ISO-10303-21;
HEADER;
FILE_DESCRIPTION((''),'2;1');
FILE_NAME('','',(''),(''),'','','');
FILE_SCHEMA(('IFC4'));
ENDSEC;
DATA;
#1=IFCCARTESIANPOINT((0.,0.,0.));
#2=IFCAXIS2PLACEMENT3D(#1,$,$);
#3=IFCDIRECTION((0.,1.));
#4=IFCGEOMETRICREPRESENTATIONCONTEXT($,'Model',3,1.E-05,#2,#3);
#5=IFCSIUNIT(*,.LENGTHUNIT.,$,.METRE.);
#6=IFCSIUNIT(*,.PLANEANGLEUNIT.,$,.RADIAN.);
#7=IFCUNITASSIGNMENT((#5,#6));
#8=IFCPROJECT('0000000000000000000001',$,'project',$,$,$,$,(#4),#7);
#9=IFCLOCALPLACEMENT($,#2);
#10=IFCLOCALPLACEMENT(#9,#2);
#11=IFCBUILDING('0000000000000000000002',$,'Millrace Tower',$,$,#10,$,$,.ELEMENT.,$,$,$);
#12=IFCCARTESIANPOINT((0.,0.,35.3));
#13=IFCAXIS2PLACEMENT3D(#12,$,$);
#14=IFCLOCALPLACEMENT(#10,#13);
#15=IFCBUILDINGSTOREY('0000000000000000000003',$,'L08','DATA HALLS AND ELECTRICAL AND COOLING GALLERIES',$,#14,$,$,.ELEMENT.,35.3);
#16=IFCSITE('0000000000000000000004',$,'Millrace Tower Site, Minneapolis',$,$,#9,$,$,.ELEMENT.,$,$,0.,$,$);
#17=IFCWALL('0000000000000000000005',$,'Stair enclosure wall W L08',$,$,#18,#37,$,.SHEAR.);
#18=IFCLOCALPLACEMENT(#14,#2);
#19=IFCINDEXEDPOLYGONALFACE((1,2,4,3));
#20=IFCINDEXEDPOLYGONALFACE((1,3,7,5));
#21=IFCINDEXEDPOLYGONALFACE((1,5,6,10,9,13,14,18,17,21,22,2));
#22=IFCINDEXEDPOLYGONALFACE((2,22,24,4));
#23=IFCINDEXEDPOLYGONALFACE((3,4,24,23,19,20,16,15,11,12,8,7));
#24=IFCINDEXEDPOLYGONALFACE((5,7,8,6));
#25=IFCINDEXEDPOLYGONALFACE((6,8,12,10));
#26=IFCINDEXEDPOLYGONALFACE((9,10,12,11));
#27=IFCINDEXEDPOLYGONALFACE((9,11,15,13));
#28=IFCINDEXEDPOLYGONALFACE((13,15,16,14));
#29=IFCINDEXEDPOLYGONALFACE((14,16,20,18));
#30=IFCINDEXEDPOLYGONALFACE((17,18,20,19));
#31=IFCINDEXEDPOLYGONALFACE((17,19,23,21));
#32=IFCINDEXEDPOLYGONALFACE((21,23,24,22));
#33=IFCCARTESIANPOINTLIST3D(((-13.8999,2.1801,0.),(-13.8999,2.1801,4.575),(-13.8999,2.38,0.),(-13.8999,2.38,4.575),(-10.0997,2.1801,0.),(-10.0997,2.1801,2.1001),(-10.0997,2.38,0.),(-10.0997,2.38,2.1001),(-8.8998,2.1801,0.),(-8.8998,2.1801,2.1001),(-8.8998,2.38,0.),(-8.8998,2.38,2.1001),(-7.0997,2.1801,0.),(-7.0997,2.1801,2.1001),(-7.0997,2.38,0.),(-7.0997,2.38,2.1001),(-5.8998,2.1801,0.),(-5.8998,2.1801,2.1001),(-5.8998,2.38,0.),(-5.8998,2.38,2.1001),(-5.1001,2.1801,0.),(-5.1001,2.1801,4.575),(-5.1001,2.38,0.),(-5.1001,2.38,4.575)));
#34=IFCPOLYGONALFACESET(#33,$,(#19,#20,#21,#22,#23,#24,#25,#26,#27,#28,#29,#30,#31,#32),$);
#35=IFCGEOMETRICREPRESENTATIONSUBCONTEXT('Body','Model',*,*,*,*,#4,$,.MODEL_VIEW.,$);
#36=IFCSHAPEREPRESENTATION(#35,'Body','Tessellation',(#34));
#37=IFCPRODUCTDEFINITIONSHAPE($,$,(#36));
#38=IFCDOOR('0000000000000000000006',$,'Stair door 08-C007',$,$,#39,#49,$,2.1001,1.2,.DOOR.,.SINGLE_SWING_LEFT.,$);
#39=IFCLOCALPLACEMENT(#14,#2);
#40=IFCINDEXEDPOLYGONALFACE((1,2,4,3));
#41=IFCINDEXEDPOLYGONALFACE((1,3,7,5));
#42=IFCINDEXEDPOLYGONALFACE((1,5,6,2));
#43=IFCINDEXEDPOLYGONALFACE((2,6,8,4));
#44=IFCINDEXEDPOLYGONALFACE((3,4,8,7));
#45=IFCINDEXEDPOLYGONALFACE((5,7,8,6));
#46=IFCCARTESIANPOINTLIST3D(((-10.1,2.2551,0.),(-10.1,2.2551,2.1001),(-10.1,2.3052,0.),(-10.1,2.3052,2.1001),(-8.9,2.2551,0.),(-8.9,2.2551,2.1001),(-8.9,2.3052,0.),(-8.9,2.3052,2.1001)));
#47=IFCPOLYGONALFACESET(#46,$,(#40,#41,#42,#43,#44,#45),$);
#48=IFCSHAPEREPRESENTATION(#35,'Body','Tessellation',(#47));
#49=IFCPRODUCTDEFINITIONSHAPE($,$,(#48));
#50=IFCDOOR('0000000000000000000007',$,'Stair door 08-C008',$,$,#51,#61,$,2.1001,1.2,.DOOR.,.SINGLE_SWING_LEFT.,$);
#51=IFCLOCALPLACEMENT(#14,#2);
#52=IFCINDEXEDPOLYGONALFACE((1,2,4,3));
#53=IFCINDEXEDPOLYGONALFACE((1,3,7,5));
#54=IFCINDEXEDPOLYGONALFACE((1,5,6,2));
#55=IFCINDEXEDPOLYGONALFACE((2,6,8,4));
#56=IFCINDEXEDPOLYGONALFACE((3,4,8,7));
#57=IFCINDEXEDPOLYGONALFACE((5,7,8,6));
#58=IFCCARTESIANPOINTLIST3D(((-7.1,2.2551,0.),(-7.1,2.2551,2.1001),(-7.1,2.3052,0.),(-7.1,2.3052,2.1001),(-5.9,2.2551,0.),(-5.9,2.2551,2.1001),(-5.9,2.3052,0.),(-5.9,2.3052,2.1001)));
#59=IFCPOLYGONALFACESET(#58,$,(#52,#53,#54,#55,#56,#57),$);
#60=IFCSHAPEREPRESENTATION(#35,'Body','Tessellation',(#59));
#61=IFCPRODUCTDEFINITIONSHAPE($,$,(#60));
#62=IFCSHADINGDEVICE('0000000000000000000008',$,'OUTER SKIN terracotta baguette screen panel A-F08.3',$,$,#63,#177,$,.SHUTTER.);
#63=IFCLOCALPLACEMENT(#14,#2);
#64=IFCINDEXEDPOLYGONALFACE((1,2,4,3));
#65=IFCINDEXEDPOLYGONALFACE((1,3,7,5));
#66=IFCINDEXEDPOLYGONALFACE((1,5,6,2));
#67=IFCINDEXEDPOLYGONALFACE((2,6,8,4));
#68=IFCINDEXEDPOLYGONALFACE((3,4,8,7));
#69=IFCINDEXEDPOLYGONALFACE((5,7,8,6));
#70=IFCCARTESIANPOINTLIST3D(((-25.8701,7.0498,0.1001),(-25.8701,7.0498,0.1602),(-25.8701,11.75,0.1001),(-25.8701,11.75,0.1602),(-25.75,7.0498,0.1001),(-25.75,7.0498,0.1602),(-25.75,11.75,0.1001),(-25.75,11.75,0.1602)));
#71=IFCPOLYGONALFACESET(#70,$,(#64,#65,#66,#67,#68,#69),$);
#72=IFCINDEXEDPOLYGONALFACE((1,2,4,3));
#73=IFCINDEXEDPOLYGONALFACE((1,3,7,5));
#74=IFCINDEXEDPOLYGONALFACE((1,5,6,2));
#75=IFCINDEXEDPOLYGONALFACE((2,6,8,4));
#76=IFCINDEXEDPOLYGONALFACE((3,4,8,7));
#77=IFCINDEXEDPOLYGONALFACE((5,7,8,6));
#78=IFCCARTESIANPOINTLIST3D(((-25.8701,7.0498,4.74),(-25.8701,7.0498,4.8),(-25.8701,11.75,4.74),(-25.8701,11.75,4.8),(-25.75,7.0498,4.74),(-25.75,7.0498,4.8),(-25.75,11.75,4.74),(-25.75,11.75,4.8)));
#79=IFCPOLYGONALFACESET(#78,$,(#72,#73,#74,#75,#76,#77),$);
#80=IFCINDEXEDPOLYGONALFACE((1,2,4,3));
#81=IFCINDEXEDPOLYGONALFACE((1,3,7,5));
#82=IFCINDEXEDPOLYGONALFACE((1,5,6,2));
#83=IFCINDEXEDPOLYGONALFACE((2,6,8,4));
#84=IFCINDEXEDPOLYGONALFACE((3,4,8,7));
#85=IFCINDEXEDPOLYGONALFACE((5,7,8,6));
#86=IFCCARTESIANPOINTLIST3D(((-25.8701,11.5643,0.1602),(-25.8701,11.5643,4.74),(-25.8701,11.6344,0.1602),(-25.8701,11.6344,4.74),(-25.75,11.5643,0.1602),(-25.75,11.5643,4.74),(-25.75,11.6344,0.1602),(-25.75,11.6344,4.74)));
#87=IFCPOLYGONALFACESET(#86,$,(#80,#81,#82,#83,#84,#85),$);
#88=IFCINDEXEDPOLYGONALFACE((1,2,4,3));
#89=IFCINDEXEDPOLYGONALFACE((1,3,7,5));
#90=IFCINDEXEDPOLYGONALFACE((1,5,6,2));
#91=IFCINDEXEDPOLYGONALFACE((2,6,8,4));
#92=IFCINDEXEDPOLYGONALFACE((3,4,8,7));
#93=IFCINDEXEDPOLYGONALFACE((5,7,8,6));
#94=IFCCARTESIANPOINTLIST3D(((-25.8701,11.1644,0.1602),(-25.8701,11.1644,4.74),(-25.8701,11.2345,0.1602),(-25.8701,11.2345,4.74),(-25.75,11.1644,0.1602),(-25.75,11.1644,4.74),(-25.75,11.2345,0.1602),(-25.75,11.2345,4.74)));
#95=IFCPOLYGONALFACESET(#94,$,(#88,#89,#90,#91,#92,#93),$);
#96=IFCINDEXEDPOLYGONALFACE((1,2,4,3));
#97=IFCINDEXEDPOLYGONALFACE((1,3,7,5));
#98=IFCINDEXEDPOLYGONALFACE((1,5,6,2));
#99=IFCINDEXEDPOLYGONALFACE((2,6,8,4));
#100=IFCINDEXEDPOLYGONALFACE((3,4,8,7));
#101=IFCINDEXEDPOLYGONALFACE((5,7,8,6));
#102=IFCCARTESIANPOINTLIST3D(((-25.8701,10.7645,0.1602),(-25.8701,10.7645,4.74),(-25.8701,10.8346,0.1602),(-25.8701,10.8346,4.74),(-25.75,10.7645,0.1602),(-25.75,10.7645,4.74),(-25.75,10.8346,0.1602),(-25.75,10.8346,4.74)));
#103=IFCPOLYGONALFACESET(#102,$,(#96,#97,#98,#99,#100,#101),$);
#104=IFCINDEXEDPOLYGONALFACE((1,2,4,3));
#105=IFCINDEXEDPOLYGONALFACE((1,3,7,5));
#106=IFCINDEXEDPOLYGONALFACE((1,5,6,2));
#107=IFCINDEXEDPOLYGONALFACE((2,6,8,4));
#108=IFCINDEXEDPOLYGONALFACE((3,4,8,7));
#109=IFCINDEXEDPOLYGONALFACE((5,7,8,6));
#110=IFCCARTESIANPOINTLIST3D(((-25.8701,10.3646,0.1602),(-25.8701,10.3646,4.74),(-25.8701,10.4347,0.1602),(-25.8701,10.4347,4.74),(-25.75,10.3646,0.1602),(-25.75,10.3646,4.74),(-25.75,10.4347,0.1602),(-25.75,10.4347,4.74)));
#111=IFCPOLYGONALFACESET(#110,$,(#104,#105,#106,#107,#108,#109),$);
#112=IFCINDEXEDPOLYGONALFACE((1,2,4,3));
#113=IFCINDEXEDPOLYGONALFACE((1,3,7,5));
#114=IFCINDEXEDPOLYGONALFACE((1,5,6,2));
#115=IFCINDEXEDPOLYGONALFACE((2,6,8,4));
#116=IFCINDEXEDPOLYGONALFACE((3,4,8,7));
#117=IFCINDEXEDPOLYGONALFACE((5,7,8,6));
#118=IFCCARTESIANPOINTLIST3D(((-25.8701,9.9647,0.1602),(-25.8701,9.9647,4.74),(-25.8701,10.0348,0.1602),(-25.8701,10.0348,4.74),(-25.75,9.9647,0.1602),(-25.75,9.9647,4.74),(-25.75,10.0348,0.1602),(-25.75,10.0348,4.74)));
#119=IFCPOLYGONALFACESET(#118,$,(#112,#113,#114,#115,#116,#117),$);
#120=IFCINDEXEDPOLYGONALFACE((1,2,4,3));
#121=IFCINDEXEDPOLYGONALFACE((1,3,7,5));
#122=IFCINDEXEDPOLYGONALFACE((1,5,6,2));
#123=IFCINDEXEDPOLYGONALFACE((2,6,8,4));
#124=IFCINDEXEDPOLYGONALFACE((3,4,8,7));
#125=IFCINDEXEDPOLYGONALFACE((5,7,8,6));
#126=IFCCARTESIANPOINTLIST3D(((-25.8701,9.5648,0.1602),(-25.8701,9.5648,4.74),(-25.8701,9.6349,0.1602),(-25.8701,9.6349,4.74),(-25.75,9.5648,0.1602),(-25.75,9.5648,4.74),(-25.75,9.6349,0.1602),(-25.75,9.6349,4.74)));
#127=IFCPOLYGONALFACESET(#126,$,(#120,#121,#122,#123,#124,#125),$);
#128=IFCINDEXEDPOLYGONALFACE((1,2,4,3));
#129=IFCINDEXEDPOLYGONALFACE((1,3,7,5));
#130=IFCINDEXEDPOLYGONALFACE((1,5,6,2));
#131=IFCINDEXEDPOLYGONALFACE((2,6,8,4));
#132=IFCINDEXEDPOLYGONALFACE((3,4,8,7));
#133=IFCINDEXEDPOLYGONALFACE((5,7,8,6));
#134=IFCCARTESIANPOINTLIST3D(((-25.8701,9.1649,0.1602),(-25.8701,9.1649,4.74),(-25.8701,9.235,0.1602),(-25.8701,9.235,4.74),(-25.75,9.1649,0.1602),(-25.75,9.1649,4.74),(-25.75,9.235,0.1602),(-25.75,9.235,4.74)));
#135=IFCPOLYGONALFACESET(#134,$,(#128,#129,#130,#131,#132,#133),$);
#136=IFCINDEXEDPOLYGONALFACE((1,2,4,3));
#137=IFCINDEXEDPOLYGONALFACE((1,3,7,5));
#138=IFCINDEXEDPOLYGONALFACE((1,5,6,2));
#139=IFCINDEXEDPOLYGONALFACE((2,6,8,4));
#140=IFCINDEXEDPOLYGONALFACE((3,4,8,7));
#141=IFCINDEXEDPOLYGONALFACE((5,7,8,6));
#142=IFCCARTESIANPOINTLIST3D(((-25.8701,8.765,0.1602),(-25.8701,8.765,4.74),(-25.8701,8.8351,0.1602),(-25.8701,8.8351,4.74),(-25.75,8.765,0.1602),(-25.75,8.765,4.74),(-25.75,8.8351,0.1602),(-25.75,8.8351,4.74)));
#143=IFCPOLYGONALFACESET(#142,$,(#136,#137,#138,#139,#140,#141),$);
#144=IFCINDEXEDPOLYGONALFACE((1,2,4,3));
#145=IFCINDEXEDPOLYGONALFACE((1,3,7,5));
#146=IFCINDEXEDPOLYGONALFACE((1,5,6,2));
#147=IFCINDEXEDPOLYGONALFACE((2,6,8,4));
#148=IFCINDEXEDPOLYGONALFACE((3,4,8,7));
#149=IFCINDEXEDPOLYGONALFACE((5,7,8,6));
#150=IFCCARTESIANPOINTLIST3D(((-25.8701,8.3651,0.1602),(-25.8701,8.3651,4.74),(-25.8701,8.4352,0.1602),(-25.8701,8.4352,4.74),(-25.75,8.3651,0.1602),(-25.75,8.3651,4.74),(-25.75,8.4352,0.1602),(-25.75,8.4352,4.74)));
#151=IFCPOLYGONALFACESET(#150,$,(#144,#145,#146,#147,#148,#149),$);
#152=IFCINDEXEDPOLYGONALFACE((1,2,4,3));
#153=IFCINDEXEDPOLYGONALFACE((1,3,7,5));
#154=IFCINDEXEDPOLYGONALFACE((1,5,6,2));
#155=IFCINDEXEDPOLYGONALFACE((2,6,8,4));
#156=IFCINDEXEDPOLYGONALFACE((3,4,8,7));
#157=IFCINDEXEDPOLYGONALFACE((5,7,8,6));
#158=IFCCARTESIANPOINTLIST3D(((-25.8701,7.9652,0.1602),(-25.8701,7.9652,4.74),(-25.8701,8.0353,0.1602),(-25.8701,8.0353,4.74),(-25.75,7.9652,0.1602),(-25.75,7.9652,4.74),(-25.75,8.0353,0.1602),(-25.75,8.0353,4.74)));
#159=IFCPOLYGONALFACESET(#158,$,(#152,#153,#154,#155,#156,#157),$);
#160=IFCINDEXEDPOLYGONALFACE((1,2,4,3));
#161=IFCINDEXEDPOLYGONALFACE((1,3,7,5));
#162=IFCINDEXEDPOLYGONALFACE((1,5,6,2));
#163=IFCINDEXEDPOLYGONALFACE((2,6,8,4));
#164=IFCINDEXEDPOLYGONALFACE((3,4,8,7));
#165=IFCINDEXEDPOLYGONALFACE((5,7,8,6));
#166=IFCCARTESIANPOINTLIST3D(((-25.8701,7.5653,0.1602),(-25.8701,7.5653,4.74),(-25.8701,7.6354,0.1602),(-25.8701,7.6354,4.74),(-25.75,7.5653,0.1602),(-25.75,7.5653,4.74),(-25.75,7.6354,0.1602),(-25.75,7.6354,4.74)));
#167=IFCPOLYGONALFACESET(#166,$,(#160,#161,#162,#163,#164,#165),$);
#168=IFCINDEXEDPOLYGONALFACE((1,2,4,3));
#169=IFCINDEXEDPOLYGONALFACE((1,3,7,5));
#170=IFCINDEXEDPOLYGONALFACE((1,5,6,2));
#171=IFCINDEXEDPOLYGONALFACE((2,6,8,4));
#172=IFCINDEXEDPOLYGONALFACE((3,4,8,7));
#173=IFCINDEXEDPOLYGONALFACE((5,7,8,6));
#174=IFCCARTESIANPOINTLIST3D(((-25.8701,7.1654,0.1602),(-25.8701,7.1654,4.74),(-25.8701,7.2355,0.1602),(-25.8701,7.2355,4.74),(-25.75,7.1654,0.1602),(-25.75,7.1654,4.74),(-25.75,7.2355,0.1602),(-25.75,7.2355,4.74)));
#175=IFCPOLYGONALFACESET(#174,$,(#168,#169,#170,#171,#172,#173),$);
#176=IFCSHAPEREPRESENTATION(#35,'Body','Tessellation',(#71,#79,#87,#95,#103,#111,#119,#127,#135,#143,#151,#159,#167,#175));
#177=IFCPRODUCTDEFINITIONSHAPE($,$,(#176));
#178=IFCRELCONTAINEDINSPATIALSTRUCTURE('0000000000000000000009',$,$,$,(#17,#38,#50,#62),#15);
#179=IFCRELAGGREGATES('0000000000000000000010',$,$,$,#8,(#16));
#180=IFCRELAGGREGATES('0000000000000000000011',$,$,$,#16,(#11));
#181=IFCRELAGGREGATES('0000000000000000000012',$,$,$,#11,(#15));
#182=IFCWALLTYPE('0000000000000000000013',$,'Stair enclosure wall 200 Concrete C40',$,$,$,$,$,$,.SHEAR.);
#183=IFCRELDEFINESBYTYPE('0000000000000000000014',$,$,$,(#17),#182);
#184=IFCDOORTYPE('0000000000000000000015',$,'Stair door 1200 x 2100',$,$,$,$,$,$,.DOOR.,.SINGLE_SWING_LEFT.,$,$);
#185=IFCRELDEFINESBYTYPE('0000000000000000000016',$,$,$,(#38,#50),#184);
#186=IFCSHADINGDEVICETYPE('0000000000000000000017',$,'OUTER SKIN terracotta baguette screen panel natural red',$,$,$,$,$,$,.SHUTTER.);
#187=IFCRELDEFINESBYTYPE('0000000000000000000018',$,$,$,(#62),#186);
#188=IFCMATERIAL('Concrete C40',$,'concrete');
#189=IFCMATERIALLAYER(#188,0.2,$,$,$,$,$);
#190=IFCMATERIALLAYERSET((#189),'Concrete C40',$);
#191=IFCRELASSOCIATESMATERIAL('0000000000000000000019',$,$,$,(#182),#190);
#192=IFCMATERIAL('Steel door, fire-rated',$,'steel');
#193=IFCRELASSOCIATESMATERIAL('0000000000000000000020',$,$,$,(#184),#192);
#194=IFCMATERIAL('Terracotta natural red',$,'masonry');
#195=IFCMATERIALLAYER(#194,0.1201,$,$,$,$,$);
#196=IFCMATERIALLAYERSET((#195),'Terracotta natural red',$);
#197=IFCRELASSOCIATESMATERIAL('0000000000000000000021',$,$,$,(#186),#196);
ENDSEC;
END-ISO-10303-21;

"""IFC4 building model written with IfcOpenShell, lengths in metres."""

from ifc_helpers import new_model, entity, si_unit, direction, frame, frame_2d, origin, place, context, subcontext, project, spatial, rectangle, extrude, source, transform, mapped, material, layer, layer_set, type_object, element, fill, save


model = new_model("IFC4")

# Units and contexts
model_context = context("Model", 3, precision=1e-05, world=origin(), true_north=direction((0.0, 1.0)))
body_context = subcontext(model_context, "Body", "Model", "MODEL_VIEW")
ifc_project = project(units=[si_unit("LENGTHUNIT", "METRE"), si_unit("PLANEANGLEUNIT", "RADIAN")], contexts=[model_context])

# Site, building, storey
site_placement = place(None, origin())
site = spatial("IfcSite", under=ifc_project, at=site_placement, Name="Millrace Tower Site, Minneapolis", CompositionType="ELEMENT", RefElevation=0.0)
building_placement = place(site_placement, origin())
building = spatial("IfcBuilding", under=site, at=building_placement, Name="Millrace Tower", CompositionType="ELEMENT")
storey_placement = place(building_placement, frame((0.0, 0.0, 35.3)))
storey = spatial("IfcBuildingStorey", under=building, at=storey_placement, Name="L08", Description="DATA HALLS AND ELECTRICAL AND COOLING GALLERIES", CompositionType="ELEMENT", Elevation=35.3)

# Shared definitions
ifc_material_1 = material(Name="Concrete C40", Category="concrete")
ifc_layer_1 = layer(ifc_material_1, 0.2)
ifc_layer_set_1 = layer_set([ifc_layer_1], Name="Concrete C40")
wall_type_1 = type_object("IfcWallType", Name="Stair enclosure wall 200 Concrete C40", PredefinedType="SHEAR", material=ifc_layer_set_1)

# Wall, openings, doors
wall_1_placement = place(storey_placement, frame((-13.8999, 2.28, 0.0), z_axis=(0.0, 0.0, 1.0), x_axis=(1.0, 0.0, 0.0)))
wall_1 = element("IfcWall", 1, at=wall_1_placement, inside=storey, type_object=wall_type_1, Name="Stair enclosure wall W L08", PredefinedType="SHEAR", context=body_context, shape_type="SweptSolid", body=[
    extrude(rectangle(XDim=8.7998, YDim=0.2, at=frame_2d((4.3999, 0.0))), origin(), (0.0, 0.0, 1.0), 4.575),
])
opening_1_placement = place(wall_1_placement, frame((3.8, 0.0, 0.0)))
opening_1 = element("IfcOpeningElement", 2, at=opening_1_placement, cuts=wall_1, PredefinedType="OPENING", context=body_context, shape_type="SweptSolid", body=[
    extrude(rectangle(XDim=1.2, YDim=2.1001, at=frame_2d((0.6001, 1.05))), frame((0.0, 0.1099, 0.0), z_axis=(0.0, -1.0, 0.0), x_axis=(1.0, 0.0, 0.0)), (0.0, 0.0, 1.0), 0.22),
])
opening_2_placement = place(wall_1_placement, frame((6.8, 0.0, 0.0)))
opening_2 = element("IfcOpeningElement", 3, at=opening_2_placement, cuts=wall_1, PredefinedType="OPENING", context=body_context, shape_type="SweptSolid", body=[
    extrude(rectangle(XDim=1.2, YDim=2.1001, at=frame_2d((0.6001, 1.05))), frame((0.0, 0.1099, 0.0), z_axis=(0.0, -1.0, 0.0), x_axis=(1.0, 0.0, 0.0)), (0.0, 0.0, 1.0), 0.22),
])
ifc_material_2 = material(Name="Steel door, fire-rated", Category="steel")
door_type_1 = type_object("IfcDoorType", Name="Stair door 1200 x 2100", OperationType="SINGLE_SWING_LEFT", PredefinedType="DOOR", material=ifc_material_2)
door_1_placement = place(opening_1_placement, frame((1.2, 0.0, 0.0), z_axis=(0.0, 0.0, 1.0), x_axis=(-1.0, 0.0, 0.0)))
door_1 = element("IfcDoor", 4, at=door_1_placement, inside=storey, type_object=door_type_1, Name="Stair door 08-C007", OperationType="SINGLE_SWING_LEFT", OverallHeight=2.1001, OverallWidth=1.2, PredefinedType="DOOR", context=body_context, shape_type="SweptSolid", body=[
    extrude(rectangle(XDim=1.2, YDim=2.1001, at=frame_2d((0.6001, 1.05))), frame((0.0, 0.0249, 0.0), z_axis=(0.0, -1.0, 0.0), x_axis=(1.0, 0.0, 0.0)), (0.0, 0.0, 1.0), 0.05),
])
fill(opening_1, door_1)
door_2_placement = place(opening_2_placement, frame((1.2, 0.0, 0.0), z_axis=(0.0, 0.0, 1.0), x_axis=(-1.0, 0.0, 0.0)))
door_2 = element("IfcDoor", 5, at=door_2_placement, inside=storey, type_object=door_type_1, Name="Stair door 08-C008", OperationType="SINGLE_SWING_LEFT", OverallHeight=2.1001, OverallWidth=1.2, PredefinedType="DOOR", context=body_context, shape_type="SweptSolid", body=[
    extrude(rectangle(XDim=1.2, YDim=2.1001, at=frame_2d((0.6001, 1.05))), frame((0.0, 0.0249, 0.0), z_axis=(0.0, -1.0, 0.0), x_axis=(1.0, 0.0, 0.0)), (0.0, 0.0, 1.0), 0.05),
])
fill(opening_2, door_2)

# Shading device
ifc_material_3 = material(Name="Terracotta natural red", Category="masonry")
ifc_layer_2 = layer(ifc_material_3, 0.1201)
ifc_layer_set_2 = layer_set([ifc_layer_2], Name="Terracotta natural red")
shading_device_type = type_object("IfcShadingDeviceType", Name="OUTER SKIN terracotta baguette screen panel natural red", PredefinedType="SHUTTER", material=ifc_layer_set_2)
cartesian_point = entity("IfcCartesianPoint", [-2.3501, 0.0601])
shared_polyline = entity("IfcPolyline", [cartesian_point, entity("IfcCartesianPoint", [2.3501, 0.0601]), entity("IfcCartesianPoint", [2.3501, -0.0601]), entity("IfcCartesianPoint", [-2.3501, -0.0601]), cartesian_point])
shared_shape = source(origin(), body_context, "Body", "SweptSolid", [
    entity("IfcExtrudedAreaSolid", entity("IfcArbitraryClosedProfileDef", "AREA", None, shared_polyline), entity("IfcAxis2Placement3D", entity("IfcCartesianPoint", [0.0, 0.0, 0.0])), entity("IfcDirection", [0.0, 0.0, 1.0]), 0.0601),
    entity("IfcExtrudedAreaSolid", entity("IfcArbitraryClosedProfileDef", "AREA", None, shared_polyline), entity("IfcAxis2Placement3D", entity("IfcCartesianPoint", [0.0, 0.0, 4.6399])), entity("IfcDirection", [0.0, 0.0, 1.0]), 0.0601),
    extrude(rectangle(XDim=0.0701, YDim=0.1201, at=frame_2d((-2.1995, 0.0))), frame((0.0, 0.0, 0.0601)), (0.0, 0.0, 1.0), 4.5798),
    extrude(rectangle(XDim=0.0701, YDim=0.1201, at=frame_2d((-1.7996, 0.0))), frame((0.0, 0.0, 0.0601)), (0.0, 0.0, 1.0), 4.5798),
    extrude(rectangle(XDim=0.0701, YDim=0.1201, at=frame_2d((-1.3997, 0.0))), frame((0.0, 0.0, 0.0601)), (0.0, 0.0, 1.0), 4.5798),
    extrude(rectangle(XDim=0.0701, YDim=0.1201, at=frame_2d((-0.9998, 0.0))), frame((0.0, 0.0, 0.0601)), (0.0, 0.0, 1.0), 4.5798),
    extrude(rectangle(XDim=0.0701, YDim=0.1201, at=frame_2d((-0.5999, 0.0))), frame((0.0, 0.0, 0.0601)), (0.0, 0.0, 1.0), 4.5798),
    extrude(rectangle(XDim=0.0701, YDim=0.1201, at=frame_2d((-0.2, 0.0))), frame((0.0, 0.0, 0.0601)), (0.0, 0.0, 1.0), 4.5798),
    extrude(rectangle(XDim=0.0701, YDim=0.1201, at=frame_2d((0.2, 0.0))), frame((0.0, 0.0, 0.0601)), (0.0, 0.0, 1.0), 4.5798),
    extrude(rectangle(XDim=0.0701, YDim=0.1201, at=frame_2d((0.5999, 0.0))), frame((0.0, 0.0, 0.0601)), (0.0, 0.0, 1.0), 4.5798),
    extrude(rectangle(XDim=0.0701, YDim=0.1201, at=frame_2d((0.9998, 0.0))), frame((0.0, 0.0, 0.0601)), (0.0, 0.0, 1.0), 4.5798),
    extrude(rectangle(XDim=0.0701, YDim=0.1201, at=frame_2d((1.3997, 0.0))), frame((0.0, 0.0, 0.0601)), (0.0, 0.0, 1.0), 4.5798),
    extrude(rectangle(XDim=0.0701, YDim=0.1201, at=frame_2d((1.7996, 0.0))), frame((0.0, 0.0, 0.0601)), (0.0, 0.0, 1.0), 4.5798),
    extrude(rectangle(XDim=0.0701, YDim=0.1201, at=frame_2d((2.1995, 0.0))), frame((0.0, 0.0, 0.0601)), (0.0, 0.0, 1.0), 4.5798),
])
for number, where, z_axis, x_axis, name in (
    (6, (-25.8101, 9.3999, 0.1001), (0.0, 0.0, 1.0), (0.0, -1.0, 0.0), "OUTER SKIN terracotta baguette screen panel A-F08.3"),
):
    element("IfcShadingDevice", number, at=place(storey_placement, frame(where, z_axis=z_axis, x_axis=x_axis)), inside=storey, type_object=shading_device_type, Name=name, PredefinedType="SHUTTER", context=body_context, shape_type="MappedRepresentation", body=[
        mapped(shared_shape, transform((0.0, 0.0, 0.0), scale=1.0)),
    ])

save(model, "model.ifc")
